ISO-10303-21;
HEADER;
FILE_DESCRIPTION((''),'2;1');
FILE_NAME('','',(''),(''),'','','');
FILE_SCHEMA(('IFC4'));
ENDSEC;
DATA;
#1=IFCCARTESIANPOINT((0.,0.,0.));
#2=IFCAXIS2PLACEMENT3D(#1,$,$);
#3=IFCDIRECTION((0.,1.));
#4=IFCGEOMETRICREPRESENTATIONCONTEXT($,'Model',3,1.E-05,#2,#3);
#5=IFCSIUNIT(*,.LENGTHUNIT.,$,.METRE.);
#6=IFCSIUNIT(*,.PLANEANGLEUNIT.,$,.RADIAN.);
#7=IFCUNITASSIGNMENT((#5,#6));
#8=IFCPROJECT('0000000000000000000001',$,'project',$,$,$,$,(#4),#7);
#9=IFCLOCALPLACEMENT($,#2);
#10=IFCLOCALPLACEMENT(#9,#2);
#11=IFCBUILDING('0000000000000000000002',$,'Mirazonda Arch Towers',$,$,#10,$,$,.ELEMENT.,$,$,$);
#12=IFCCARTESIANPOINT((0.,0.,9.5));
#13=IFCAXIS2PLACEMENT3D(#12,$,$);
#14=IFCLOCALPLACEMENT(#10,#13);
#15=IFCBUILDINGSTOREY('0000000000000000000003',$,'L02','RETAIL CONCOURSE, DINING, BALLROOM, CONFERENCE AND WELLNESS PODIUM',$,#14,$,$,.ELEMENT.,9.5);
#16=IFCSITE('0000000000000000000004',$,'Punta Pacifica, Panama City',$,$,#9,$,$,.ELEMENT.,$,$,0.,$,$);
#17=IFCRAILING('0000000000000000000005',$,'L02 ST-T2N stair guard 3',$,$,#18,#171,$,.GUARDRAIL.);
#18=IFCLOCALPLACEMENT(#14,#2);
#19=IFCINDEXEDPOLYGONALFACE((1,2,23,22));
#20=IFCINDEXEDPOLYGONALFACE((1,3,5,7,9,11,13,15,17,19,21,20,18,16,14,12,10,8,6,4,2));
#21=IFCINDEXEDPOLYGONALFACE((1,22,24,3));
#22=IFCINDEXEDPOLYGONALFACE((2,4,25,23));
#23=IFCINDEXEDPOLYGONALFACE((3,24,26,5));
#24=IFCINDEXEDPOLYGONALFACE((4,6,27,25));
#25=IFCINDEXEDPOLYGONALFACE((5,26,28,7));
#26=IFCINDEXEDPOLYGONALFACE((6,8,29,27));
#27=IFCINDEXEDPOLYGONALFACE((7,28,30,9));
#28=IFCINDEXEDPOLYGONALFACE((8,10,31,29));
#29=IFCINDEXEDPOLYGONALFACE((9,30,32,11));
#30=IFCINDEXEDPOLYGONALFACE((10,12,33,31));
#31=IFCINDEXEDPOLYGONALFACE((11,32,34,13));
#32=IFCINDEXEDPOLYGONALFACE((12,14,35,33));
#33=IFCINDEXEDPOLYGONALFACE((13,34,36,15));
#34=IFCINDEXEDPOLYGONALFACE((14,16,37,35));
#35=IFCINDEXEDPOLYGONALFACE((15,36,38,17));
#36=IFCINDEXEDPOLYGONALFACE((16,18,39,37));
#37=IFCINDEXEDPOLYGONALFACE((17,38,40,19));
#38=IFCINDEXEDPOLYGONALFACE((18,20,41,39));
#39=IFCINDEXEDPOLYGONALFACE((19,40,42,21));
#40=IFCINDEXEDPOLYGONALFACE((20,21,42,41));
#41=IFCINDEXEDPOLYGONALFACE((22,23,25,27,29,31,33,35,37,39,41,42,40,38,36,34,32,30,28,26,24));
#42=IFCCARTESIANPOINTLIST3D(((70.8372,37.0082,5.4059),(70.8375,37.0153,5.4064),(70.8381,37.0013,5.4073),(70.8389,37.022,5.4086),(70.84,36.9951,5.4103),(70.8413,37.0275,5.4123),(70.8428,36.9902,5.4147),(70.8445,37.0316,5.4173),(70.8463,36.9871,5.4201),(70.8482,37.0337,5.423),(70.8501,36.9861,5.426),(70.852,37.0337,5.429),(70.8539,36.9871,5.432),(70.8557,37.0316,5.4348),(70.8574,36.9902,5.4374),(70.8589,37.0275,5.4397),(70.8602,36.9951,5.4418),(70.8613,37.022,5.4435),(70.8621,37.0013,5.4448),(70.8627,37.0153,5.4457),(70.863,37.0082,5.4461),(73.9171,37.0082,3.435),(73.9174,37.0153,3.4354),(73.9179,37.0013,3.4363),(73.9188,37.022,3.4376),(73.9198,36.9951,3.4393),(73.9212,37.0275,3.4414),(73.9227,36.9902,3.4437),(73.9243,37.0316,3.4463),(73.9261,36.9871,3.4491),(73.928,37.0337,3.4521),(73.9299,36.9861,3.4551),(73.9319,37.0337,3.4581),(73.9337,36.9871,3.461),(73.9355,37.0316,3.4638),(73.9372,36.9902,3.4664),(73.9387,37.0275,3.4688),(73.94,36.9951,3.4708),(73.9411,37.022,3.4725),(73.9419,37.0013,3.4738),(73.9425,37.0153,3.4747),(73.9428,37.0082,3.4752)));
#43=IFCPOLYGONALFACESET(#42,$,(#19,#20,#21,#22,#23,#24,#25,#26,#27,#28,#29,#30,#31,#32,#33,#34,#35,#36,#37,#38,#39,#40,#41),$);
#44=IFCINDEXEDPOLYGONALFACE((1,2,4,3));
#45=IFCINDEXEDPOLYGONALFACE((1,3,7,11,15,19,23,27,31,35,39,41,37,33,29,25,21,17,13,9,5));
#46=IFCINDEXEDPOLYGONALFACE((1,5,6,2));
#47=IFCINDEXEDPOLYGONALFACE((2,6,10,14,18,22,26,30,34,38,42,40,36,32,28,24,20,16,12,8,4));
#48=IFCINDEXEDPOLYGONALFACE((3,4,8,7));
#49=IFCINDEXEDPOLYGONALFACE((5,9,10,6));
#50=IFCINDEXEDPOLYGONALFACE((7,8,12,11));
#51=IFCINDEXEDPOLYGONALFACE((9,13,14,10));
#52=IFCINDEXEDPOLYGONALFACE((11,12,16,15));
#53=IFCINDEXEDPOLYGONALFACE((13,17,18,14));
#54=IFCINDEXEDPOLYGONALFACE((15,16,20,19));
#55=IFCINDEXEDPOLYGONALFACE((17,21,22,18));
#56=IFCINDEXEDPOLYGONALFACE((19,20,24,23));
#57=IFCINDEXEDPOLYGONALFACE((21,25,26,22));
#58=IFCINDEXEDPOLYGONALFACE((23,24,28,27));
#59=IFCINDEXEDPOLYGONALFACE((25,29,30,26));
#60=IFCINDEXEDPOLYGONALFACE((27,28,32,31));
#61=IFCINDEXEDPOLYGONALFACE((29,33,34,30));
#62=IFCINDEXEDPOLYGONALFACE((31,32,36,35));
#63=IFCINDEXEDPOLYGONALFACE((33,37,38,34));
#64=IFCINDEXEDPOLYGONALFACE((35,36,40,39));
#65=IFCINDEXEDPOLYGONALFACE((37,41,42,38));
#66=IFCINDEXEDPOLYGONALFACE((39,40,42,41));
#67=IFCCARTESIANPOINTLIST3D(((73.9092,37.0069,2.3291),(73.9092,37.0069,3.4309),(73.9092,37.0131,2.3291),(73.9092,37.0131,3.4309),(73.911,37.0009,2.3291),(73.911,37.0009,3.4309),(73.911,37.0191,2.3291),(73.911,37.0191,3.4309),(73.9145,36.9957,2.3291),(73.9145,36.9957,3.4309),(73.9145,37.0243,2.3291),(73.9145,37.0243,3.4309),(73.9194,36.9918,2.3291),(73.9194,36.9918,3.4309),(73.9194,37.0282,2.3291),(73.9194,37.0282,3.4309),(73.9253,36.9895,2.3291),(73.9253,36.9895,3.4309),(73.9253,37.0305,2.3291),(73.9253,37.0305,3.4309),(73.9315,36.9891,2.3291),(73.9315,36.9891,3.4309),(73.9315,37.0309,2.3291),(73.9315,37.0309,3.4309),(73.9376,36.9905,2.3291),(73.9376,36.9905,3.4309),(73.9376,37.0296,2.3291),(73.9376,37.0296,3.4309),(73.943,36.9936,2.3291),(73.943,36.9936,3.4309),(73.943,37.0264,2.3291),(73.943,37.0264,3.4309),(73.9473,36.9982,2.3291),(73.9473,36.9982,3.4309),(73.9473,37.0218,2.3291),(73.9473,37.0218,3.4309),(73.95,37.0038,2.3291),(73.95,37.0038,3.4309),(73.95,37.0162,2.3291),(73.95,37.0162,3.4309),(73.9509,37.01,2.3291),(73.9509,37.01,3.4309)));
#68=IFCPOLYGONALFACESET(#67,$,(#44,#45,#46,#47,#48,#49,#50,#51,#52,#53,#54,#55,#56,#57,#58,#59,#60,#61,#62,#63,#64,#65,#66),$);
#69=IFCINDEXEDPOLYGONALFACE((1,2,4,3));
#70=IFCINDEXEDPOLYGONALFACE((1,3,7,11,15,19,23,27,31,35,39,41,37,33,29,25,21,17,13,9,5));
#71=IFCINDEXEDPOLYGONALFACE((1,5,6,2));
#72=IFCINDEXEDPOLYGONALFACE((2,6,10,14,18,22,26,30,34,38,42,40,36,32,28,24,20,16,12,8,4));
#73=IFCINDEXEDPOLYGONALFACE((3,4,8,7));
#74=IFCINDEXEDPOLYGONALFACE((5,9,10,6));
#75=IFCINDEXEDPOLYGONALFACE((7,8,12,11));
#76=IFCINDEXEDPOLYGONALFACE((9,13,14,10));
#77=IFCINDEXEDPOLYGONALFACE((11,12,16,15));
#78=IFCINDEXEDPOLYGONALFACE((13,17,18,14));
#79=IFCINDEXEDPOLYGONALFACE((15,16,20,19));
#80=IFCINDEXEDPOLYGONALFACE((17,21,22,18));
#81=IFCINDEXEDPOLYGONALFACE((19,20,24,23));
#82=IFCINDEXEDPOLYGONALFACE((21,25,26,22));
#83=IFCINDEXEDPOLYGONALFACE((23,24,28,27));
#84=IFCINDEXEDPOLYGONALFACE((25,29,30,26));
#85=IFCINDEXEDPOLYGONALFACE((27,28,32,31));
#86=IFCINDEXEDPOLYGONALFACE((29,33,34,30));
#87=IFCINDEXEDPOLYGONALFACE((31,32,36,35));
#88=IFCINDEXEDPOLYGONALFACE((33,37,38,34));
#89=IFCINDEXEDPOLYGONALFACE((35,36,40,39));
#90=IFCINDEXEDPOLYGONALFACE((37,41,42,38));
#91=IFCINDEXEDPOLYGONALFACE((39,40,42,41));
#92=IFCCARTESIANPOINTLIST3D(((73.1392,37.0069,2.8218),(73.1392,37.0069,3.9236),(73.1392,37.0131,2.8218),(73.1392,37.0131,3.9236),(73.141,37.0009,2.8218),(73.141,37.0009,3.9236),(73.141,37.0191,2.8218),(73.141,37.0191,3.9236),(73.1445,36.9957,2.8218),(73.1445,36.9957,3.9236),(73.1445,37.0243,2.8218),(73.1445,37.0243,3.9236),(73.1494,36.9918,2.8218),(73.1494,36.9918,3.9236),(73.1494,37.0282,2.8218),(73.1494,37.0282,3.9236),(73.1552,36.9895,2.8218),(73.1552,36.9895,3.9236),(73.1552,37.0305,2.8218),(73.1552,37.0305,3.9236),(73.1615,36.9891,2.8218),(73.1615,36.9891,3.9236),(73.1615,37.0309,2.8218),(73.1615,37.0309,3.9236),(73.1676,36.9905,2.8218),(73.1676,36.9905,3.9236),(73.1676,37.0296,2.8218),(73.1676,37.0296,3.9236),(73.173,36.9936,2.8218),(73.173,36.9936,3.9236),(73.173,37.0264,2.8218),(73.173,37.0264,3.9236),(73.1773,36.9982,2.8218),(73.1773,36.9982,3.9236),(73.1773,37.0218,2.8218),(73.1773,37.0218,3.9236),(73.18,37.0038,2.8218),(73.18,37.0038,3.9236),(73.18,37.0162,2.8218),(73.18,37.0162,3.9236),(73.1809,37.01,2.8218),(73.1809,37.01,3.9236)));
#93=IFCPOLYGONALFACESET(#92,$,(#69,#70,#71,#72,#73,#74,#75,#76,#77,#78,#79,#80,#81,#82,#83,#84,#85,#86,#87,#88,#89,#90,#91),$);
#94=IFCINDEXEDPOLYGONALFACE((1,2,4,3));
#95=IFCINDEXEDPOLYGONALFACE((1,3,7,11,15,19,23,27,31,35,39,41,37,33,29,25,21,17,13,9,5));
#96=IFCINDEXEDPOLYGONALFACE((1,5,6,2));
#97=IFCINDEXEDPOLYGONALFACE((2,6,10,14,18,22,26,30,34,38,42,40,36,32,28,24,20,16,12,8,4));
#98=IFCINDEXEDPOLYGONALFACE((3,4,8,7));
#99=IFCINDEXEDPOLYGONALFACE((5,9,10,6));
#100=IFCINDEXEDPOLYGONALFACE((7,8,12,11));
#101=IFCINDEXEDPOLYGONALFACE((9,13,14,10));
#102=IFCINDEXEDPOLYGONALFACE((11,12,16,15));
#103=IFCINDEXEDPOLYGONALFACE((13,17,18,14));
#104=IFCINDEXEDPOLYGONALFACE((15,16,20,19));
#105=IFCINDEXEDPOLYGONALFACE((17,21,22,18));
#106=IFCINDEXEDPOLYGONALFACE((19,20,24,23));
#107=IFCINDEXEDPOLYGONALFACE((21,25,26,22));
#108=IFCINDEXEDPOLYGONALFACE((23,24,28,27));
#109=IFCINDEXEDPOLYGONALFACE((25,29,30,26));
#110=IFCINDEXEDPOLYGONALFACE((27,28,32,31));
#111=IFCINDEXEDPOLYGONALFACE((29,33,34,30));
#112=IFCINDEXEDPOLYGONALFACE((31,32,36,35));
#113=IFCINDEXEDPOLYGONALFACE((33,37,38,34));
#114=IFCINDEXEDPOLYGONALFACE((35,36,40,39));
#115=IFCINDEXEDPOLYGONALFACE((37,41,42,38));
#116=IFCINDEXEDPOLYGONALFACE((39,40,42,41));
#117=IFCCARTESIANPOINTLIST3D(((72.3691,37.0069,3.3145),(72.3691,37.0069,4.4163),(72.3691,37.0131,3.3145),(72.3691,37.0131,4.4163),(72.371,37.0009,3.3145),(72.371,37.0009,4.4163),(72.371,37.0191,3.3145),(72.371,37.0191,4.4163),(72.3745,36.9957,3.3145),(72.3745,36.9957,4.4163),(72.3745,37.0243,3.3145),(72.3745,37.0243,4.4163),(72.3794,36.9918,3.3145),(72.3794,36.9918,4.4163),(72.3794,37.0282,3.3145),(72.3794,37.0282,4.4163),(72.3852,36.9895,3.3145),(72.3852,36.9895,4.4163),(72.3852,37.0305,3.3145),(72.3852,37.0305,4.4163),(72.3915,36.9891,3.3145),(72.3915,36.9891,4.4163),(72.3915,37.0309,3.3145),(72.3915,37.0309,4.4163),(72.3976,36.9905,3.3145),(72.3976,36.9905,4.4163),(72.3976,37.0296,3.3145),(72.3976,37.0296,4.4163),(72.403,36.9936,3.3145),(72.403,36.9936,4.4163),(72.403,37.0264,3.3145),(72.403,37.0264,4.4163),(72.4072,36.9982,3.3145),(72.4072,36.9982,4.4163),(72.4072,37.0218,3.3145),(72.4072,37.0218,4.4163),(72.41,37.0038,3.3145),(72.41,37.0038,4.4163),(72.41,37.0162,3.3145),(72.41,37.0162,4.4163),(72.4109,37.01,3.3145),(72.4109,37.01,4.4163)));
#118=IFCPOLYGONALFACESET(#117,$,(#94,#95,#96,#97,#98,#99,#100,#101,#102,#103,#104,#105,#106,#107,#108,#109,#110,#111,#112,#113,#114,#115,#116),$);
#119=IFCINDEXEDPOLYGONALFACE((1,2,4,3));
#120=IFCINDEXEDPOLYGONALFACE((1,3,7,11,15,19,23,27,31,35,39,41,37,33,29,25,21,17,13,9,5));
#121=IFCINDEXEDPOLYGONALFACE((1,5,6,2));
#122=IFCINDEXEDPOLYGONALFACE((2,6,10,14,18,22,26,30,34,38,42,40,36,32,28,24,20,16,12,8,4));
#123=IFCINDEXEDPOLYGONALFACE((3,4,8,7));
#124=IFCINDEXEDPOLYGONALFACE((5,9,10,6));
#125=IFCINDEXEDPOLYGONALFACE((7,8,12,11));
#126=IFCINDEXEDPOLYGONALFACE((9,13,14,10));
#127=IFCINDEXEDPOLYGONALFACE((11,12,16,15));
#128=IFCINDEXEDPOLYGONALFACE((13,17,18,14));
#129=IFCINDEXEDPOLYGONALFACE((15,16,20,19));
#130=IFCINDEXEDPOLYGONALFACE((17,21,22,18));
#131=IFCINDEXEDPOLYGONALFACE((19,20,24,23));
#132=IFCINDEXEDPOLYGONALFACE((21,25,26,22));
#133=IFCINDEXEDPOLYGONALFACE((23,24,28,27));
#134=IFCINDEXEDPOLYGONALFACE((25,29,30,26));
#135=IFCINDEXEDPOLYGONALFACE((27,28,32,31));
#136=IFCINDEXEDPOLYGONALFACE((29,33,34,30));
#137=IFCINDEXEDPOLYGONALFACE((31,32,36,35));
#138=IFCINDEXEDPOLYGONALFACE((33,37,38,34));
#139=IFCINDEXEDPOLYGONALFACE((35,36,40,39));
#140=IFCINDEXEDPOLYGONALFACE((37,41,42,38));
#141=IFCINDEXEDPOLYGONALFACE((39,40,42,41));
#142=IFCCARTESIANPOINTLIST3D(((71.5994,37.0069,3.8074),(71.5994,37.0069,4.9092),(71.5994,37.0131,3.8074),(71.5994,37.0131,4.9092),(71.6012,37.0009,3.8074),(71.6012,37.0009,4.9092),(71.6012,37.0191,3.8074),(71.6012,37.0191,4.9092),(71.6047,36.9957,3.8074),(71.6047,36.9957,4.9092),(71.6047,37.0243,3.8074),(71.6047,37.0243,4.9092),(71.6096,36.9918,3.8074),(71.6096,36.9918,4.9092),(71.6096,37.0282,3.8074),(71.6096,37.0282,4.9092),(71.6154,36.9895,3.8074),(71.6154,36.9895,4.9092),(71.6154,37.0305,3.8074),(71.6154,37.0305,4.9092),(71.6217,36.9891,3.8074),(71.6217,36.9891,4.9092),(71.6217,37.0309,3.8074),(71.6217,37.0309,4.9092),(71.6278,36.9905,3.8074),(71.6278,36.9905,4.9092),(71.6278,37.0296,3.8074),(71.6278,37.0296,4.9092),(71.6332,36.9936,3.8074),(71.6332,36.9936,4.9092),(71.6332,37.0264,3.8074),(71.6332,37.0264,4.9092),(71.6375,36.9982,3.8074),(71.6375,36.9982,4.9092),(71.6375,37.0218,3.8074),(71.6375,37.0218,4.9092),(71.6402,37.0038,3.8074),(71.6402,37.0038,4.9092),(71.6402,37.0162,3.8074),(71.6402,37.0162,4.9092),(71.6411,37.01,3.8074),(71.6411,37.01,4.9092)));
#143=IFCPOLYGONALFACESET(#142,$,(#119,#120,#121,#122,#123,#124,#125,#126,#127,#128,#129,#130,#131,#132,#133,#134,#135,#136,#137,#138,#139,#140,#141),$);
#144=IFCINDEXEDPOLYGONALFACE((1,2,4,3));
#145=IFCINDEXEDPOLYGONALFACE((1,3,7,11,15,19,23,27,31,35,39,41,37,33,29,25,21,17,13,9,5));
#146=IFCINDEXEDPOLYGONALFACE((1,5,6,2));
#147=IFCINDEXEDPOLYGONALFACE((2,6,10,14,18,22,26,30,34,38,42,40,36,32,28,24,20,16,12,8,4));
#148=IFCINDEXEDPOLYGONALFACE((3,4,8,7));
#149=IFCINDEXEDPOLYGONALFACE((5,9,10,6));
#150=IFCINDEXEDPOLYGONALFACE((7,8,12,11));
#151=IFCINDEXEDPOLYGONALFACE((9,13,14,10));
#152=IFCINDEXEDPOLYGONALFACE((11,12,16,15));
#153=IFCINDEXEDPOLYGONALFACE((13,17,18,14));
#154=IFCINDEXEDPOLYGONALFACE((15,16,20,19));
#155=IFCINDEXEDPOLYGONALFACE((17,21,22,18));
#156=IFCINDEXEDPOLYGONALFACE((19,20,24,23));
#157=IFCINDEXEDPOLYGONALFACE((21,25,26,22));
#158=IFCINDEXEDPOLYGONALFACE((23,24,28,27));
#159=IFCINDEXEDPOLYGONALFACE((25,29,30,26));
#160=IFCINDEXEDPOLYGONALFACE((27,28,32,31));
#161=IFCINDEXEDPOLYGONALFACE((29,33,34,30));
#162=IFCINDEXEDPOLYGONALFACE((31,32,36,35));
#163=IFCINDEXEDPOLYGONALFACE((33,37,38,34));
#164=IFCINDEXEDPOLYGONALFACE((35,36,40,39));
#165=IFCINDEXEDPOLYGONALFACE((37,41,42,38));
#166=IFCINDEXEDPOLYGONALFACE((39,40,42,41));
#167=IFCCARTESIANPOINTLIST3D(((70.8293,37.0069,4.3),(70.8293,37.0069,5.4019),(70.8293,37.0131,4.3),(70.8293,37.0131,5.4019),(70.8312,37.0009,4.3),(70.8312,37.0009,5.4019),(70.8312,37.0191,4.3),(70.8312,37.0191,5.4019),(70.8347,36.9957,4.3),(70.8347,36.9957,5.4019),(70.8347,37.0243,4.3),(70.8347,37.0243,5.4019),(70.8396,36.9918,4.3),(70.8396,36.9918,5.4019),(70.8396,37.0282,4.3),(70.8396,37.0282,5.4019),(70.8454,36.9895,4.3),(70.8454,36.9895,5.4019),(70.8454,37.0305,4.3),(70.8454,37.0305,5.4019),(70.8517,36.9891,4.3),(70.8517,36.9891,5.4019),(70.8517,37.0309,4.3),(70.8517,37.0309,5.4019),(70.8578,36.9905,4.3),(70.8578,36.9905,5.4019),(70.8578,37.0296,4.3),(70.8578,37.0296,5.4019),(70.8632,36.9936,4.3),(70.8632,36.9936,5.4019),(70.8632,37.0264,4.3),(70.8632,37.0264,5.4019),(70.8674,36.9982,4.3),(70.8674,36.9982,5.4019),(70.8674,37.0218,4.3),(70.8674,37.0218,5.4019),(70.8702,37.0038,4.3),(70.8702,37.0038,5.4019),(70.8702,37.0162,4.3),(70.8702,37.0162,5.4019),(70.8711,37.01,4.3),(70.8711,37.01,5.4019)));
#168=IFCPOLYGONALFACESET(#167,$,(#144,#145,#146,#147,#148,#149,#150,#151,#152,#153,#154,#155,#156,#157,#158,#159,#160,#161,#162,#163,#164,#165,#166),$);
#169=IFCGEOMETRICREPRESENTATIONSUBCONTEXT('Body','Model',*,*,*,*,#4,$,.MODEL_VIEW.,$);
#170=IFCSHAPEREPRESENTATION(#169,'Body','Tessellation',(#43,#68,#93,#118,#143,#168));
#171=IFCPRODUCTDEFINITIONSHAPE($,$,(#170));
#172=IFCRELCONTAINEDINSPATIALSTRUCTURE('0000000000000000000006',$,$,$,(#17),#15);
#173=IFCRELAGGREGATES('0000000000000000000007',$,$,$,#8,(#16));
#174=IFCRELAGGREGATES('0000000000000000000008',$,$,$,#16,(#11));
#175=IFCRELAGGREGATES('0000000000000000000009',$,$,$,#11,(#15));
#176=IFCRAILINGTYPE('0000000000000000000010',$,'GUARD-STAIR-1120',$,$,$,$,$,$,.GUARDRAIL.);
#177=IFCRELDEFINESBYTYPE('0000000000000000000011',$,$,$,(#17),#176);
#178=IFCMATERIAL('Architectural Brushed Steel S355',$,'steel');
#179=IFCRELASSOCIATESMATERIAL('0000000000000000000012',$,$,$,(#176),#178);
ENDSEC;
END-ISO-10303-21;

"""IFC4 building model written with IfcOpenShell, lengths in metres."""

from ifc_helpers import new_model, si_unit, direction, frame, origin, origin_2d, place, context, subcontext, project, spatial, circle, extrude, material, type_object, element, save


model = new_model("IFC4")

# Units and contexts
model_context = context("Model", 3, precision=1e-05, world=origin(), true_north=direction((0.0, 1.0)))
body_context = subcontext(model_context, "Body", "Model", "MODEL_VIEW")
ifc_project = project(units=[si_unit("LENGTHUNIT", "METRE"), si_unit("PLANEANGLEUNIT", "RADIAN")], contexts=[model_context])

# Site, building, storey
site_placement = place(None, origin())
site = spatial("IfcSite", under=ifc_project, at=site_placement, Name="Punta Pacifica, Panama City", CompositionType="ELEMENT", RefElevation=0.0)
building_placement = place(site_placement, origin())
building = spatial("IfcBuilding", under=site, at=building_placement, Name="Mirazonda Arch Towers", CompositionType="ELEMENT")
storey_placement = place(building_placement, frame((0.0, 0.0, 9.5)))
storey = spatial("IfcBuildingStorey", under=building, at=storey_placement, Name="L02", Description="RETAIL CONCOURSE, DINING, BALLROOM, CONFERENCE AND WELLNESS PODIUM", CompositionType="ELEMENT", Elevation=9.5)

# Shared definitions
ifc_material_1 = material(Name="Architectural Brushed Steel S355", Category="steel")

# Railing
railing_type = type_object("IfcRailingType", Name="GUARD-STAIR-1120", PredefinedType="GUARDRAIL", material=ifc_material_1)
railing_1_placement = place(storey_placement, frame((73.9299, 37.01, 2.3291)))
element("IfcRailing", 1, at=railing_1_placement, inside=storey, type_object=railing_type, Name="L02 ST-T2N stair guard 3", PredefinedType="GUARDRAIL", context=body_context, shape_type="SweptSolid", body=[
    extrude(circle(Radius=0.0239, at=origin_2d()), frame((0.0, 0.0, 1.126), z_axis=(-0.84229, 0.0, 0.539025), x_axis=(0.0, -1.0, 0.0)), (0.0, 0.0, 1.0), 3.6565),
    extrude(circle(Radius=0.021, at=origin_2d()), origin(), (0.0, 0.0, 1.0), 1.1018),
    extrude(circle(Radius=0.021, at=origin_2d()), frame((-0.77, 0.0, 0.4927)), (0.0, 0.0, 1.0), 1.1018),
    extrude(circle(Radius=0.021, at=origin_2d()), frame((-1.54, 0.0, 0.9854)), (0.0, 0.0, 1.0), 1.1018),
    extrude(circle(Radius=0.021, at=origin_2d()), frame((-2.3098, 0.0, 1.4783)), (0.0, 0.0, 1.0), 1.1018),
    extrude(circle(Radius=0.021, at=origin_2d()), frame((-3.0798, 0.0, 1.9709)), (0.0, 0.0, 1.0), 1.1018),
])

save(model, "model.ifc")
